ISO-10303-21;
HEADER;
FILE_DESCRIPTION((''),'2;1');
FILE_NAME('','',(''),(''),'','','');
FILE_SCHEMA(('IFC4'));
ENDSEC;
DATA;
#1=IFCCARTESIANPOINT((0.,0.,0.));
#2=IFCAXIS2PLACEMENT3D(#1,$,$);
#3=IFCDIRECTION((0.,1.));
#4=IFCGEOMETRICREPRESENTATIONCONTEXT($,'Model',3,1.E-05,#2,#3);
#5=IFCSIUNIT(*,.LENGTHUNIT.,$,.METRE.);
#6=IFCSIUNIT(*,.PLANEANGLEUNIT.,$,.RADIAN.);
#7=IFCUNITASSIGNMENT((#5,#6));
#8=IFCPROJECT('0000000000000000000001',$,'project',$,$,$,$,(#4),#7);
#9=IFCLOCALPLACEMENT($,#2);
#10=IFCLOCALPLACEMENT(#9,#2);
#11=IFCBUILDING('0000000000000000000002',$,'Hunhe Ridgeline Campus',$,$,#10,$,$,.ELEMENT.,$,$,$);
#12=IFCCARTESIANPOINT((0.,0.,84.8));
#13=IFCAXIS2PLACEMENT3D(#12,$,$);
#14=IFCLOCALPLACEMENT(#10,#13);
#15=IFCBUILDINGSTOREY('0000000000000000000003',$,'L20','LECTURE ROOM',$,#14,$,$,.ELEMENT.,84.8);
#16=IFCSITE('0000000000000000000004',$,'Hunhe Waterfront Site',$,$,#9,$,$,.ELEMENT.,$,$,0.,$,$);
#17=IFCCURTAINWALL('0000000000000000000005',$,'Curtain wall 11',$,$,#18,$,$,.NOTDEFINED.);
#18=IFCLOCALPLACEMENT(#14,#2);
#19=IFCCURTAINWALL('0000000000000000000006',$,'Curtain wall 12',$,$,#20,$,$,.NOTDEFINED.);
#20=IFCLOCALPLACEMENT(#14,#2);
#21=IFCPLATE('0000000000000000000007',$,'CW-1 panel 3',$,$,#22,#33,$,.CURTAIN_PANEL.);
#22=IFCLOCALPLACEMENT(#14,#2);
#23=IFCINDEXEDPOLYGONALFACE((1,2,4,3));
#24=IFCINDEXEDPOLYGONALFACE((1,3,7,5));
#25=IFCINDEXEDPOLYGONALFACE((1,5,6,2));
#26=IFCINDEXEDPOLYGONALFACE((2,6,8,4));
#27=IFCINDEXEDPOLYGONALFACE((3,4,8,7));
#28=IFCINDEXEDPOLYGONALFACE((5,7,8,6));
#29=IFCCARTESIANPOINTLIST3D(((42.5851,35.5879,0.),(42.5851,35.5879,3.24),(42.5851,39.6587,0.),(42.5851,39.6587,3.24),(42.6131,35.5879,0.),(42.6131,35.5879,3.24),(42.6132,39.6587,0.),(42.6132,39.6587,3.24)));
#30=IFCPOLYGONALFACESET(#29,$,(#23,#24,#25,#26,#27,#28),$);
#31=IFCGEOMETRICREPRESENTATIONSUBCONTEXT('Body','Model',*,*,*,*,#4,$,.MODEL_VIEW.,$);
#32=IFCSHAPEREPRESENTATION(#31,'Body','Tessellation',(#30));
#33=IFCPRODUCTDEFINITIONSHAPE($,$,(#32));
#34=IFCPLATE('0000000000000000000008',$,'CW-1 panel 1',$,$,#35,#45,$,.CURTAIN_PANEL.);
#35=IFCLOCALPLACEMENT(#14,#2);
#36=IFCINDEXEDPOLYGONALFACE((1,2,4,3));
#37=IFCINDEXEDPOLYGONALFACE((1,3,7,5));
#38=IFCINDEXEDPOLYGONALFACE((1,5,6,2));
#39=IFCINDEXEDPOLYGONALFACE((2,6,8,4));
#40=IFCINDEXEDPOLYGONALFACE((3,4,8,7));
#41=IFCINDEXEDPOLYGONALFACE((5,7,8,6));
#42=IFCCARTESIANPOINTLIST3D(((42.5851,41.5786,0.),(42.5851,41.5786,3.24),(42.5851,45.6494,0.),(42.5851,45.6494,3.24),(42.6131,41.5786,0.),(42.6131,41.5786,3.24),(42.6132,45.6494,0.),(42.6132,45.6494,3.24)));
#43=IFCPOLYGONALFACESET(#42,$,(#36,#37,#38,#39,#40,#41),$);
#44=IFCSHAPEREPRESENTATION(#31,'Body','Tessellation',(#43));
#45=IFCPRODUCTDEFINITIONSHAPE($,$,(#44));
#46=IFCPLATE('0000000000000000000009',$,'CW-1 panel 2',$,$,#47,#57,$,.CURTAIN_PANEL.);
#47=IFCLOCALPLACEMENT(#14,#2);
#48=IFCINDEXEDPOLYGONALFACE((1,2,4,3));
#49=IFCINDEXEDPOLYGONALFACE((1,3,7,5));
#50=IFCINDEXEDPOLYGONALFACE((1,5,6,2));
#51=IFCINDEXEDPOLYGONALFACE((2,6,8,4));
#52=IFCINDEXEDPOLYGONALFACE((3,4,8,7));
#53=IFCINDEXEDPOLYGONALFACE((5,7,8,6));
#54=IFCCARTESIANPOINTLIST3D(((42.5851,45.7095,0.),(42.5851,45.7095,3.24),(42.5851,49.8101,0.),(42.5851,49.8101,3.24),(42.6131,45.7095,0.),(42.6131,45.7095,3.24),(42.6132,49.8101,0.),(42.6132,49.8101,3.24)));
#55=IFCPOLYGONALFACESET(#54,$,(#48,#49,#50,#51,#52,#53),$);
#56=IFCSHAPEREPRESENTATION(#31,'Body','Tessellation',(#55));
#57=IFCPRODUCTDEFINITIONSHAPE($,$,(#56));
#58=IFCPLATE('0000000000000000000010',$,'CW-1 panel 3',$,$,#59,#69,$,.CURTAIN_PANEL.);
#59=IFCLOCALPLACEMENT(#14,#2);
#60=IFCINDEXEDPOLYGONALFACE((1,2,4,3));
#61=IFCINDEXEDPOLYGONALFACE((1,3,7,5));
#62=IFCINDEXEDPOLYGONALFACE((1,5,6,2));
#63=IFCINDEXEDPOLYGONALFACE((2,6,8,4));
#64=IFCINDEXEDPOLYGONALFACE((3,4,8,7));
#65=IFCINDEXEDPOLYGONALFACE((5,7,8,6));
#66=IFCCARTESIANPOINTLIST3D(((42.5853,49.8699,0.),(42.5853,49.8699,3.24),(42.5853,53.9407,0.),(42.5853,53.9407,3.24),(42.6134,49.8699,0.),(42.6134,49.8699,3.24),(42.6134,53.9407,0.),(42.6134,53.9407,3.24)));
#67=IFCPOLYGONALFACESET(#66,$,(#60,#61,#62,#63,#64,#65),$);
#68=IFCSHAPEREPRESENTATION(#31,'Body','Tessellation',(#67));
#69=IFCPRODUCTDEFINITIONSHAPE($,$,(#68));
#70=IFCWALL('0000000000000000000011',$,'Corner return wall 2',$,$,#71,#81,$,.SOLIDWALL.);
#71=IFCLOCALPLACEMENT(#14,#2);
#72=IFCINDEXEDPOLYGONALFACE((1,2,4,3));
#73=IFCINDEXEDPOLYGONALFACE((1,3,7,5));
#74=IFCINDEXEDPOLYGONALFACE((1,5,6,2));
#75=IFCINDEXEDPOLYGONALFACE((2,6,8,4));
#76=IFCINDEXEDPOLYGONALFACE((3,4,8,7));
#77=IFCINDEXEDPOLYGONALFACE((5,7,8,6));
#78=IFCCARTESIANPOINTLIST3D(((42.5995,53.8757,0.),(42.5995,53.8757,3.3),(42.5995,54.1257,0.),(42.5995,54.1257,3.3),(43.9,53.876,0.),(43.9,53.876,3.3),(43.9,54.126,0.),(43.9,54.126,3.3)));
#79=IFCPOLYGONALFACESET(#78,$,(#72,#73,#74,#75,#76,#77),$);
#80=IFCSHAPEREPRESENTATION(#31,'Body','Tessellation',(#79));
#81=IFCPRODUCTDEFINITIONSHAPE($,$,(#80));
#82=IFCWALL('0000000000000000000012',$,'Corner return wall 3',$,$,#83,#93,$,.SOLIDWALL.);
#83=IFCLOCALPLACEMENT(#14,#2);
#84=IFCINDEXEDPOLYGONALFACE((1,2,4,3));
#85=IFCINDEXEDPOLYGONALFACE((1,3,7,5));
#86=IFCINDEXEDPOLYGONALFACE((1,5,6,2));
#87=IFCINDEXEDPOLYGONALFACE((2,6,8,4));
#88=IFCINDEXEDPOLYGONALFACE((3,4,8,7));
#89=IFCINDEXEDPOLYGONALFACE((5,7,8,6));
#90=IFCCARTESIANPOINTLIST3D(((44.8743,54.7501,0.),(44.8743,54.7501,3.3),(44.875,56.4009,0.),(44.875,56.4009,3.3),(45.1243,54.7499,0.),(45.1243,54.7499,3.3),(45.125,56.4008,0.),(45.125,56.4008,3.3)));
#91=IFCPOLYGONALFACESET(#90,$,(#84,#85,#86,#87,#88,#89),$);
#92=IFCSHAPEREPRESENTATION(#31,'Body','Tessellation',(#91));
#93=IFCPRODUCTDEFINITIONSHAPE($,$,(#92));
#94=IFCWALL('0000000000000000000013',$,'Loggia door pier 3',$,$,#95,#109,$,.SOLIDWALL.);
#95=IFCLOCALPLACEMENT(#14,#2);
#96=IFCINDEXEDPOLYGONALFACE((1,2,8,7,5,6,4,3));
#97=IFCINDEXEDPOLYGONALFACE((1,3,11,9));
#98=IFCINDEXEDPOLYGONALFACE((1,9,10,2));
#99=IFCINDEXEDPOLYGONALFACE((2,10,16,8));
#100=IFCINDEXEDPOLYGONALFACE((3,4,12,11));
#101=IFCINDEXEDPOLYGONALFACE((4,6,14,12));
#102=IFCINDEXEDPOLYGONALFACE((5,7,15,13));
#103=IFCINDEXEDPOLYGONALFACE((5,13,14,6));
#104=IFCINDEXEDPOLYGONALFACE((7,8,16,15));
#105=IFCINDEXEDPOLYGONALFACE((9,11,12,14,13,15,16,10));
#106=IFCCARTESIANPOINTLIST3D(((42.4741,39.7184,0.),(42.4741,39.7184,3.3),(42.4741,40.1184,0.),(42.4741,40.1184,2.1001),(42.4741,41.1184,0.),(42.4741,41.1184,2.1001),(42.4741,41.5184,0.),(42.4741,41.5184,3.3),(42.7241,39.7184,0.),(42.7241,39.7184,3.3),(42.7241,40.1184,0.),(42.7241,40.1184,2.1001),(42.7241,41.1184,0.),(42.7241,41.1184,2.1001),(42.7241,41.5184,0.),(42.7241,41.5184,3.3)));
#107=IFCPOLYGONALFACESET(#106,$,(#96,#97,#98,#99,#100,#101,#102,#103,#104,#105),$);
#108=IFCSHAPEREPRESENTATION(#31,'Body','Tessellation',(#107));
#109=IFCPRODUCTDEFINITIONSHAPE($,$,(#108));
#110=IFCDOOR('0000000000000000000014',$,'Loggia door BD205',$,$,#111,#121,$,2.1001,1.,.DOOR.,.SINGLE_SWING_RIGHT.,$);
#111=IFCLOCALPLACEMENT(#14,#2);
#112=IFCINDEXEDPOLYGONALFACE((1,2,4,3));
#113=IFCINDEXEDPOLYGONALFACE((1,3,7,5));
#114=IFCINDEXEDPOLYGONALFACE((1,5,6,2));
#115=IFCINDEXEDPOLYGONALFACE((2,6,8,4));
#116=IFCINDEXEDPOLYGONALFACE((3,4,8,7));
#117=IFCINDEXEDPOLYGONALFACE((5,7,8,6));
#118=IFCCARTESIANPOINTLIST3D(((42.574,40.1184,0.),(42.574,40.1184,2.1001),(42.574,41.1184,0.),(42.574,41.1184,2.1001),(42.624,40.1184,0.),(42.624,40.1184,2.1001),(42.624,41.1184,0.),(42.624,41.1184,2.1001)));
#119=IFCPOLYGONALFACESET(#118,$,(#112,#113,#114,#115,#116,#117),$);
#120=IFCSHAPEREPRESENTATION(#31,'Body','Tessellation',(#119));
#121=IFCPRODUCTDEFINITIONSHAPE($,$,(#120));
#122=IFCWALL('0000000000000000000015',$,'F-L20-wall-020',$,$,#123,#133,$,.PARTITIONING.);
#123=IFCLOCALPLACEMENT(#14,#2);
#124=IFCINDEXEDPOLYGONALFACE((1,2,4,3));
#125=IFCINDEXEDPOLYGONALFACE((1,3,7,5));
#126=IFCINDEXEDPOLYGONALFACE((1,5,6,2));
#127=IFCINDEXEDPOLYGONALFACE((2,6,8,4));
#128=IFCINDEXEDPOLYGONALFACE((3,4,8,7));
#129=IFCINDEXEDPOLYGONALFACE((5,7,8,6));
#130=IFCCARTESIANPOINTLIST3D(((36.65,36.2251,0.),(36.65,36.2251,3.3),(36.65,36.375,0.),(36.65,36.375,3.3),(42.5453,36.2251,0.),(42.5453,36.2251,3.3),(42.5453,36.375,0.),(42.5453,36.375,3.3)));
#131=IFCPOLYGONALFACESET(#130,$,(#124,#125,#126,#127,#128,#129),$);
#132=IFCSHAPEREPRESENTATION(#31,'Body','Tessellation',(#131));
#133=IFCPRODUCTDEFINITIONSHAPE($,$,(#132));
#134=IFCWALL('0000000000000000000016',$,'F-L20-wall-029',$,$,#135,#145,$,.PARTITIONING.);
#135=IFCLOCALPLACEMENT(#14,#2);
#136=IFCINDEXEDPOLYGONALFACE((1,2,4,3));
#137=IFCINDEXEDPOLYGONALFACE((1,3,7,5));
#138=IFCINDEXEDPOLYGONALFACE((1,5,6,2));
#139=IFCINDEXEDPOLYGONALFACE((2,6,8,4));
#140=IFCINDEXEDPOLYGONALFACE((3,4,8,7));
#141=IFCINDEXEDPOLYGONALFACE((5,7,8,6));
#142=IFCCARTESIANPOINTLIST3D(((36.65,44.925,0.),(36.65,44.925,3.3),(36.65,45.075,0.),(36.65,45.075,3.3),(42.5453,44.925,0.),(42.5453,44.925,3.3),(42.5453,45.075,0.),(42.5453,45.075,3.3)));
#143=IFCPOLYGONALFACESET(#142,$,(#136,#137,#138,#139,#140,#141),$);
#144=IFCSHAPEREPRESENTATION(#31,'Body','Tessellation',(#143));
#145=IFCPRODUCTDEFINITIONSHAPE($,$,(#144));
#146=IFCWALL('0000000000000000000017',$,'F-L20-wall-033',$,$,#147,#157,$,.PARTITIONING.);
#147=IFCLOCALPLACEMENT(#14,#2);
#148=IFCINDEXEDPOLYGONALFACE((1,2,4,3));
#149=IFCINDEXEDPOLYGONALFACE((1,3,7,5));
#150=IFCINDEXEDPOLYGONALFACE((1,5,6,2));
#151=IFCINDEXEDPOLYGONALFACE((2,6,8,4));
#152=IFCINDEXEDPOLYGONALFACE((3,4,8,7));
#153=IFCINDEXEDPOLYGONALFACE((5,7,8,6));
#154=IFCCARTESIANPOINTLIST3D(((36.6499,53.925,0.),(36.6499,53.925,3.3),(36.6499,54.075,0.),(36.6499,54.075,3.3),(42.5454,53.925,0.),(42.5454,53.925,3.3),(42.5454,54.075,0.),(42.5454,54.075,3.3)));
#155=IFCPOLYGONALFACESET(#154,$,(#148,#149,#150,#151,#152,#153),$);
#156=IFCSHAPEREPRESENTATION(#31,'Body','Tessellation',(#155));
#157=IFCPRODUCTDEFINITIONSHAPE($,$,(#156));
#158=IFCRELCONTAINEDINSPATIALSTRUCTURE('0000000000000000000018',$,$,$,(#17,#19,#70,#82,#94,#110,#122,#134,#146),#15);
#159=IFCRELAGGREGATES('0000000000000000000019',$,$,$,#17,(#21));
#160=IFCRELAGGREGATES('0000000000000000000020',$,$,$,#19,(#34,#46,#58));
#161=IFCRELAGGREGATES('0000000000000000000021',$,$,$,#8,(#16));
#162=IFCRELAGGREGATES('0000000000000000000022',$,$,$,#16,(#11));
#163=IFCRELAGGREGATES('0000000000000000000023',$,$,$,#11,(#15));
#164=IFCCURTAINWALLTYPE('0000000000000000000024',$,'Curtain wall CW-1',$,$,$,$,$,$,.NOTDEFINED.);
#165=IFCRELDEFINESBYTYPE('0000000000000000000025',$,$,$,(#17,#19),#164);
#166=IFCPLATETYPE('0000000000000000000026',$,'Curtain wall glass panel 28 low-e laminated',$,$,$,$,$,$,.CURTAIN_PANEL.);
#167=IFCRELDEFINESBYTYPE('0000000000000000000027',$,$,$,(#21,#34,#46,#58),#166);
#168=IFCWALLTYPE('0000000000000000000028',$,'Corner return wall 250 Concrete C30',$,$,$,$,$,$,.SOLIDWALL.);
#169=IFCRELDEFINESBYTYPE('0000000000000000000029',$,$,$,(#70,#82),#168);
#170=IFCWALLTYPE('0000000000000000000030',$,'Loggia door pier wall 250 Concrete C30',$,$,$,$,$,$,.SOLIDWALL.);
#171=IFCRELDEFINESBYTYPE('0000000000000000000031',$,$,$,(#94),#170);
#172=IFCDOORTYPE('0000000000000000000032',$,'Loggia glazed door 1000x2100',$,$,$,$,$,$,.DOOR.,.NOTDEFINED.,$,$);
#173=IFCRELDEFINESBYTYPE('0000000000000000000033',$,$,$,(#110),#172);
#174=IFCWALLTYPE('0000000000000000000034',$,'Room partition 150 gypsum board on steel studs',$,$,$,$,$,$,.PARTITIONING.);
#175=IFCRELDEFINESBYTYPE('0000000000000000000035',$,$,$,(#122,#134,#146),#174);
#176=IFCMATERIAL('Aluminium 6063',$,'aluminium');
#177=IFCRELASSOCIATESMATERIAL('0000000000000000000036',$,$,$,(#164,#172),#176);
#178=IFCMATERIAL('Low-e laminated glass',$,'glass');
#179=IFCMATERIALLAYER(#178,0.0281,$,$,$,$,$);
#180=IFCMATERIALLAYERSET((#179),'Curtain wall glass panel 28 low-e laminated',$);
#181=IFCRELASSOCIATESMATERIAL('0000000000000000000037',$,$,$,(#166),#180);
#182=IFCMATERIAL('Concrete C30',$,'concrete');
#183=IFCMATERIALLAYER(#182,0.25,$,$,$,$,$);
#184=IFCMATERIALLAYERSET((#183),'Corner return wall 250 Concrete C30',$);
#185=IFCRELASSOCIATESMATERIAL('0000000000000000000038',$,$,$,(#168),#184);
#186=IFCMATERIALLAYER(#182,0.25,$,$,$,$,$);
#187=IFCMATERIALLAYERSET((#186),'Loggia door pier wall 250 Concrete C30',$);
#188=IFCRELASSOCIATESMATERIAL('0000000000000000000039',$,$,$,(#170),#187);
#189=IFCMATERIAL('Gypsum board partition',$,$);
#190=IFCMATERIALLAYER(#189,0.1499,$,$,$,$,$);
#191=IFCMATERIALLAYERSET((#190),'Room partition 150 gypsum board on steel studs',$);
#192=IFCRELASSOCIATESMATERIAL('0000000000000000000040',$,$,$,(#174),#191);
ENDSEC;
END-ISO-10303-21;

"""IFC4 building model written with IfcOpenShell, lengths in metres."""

from ifc_helpers import new_model, si_unit, direction, frame, frame_2d, origin, origin_2d, place, context, subcontext, project, spatial, rectangle, extrude, material, layer, layer_set, type_object, element, fill, aggregate, save


model = new_model("IFC4")

# Units and contexts
model_context = context("Model", 3, precision=1e-05, world=origin(), true_north=direction((0.0, 1.0)))
body_context = subcontext(model_context, "Body", "Model", "MODEL_VIEW")
ifc_project = project(units=[si_unit("LENGTHUNIT", "METRE"), si_unit("PLANEANGLEUNIT", "RADIAN")], contexts=[model_context])

# Site, building, storey
site_placement = place(None, origin())
site = spatial("IfcSite", under=ifc_project, at=site_placement, Name="Hunhe Waterfront Site", CompositionType="ELEMENT", RefElevation=0.0)
building_placement = place(site_placement, origin())
building = spatial("IfcBuilding", under=site, at=building_placement, Name="Hunhe Ridgeline Campus", CompositionType="ELEMENT")
storey_placement = place(building_placement, frame((0.0, 0.0, 84.8)))
storey = spatial("IfcBuildingStorey", under=building, at=storey_placement, Name="L20", Description="LECTURE ROOM", CompositionType="ELEMENT", Elevation=84.8)

# Curtain wall
ifc_material_1 = material(Name="Aluminium 6063", Category="aluminium")
curtain_wall_type = type_object("IfcCurtainWallType", Name="Curtain wall CW-1", PredefinedType="NOTDEFINED", material=ifc_material_1)
curtain_wall_1_placement = place(storey_placement, origin())
curtain_wall_1 = element("IfcCurtainWall", 1, at=curtain_wall_1_placement, inside=storey, type_object=curtain_wall_type, Name="Curtain wall 11", PredefinedType="NOTDEFINED")

# Curtain wall
curtain_wall_2_placement = place(storey_placement, origin())
curtain_wall_2 = element("IfcCurtainWall", 2, at=curtain_wall_2_placement, inside=storey, type_object=curtain_wall_type, Name="Curtain wall 12", PredefinedType="NOTDEFINED")

# Plates
ifc_material_2 = material(Name="Low-e laminated glass", Category="glass")
ifc_layer_1 = layer(ifc_material_2, 0.0281)
ifc_layer_set_1 = layer_set([ifc_layer_1], Name="Curtain wall glass panel 28 low-e laminated")
plate_type = type_object("IfcPlateType", Name="Curtain wall glass panel 28 low-e laminated", PredefinedType="CURTAIN_PANEL", material=ifc_layer_set_1)
plate_1_placement = place(storey_placement, frame((42.5991, 37.6233, 0.0), z_axis=(0.0, 0.0, 1.0), x_axis=(0.000011, 1.0, 0.0)))
plate_1 = element("IfcPlate", 3, at=plate_1_placement, type_object=plate_type, Name="CW-1 panel 3", PredefinedType="CURTAIN_PANEL", context=body_context, shape_type="SweptSolid", body=[
    extrude(rectangle(XDim=4.0708, YDim=0.0281, at=origin_2d()), origin(), (0.0, 0.0, 1.0), 3.24),
])
aggregate(curtain_wall_1, [plate_1])
plate_2_placement = place(storey_placement, frame((42.5991, 43.614, 0.0), z_axis=(0.0, 0.0, 1.0), x_axis=(0.000011, 1.0, 0.0)))
plate_2 = element("IfcPlate", 4, at=plate_2_placement, type_object=plate_type, Name="CW-1 panel 1", PredefinedType="CURTAIN_PANEL", context=body_context, shape_type="SweptSolid", body=[
    extrude(rectangle(XDim=4.0708, YDim=0.0281, at=origin_2d()), origin(), (0.0, 0.0, 1.0), 3.24),
])
plate_3_placement = place(storey_placement, frame((42.5991, 47.7598, 0.0), z_axis=(0.0, 0.0, 1.0), x_axis=(0.000011, 1.0, 0.0)))
plate_3 = element("IfcPlate", 5, at=plate_3_placement, type_object=plate_type, Name="CW-1 panel 2", PredefinedType="CURTAIN_PANEL", context=body_context, shape_type="SweptSolid", body=[
    extrude(rectangle(XDim=4.1006, YDim=0.0281, at=origin_2d()), origin(), (0.0, 0.0, 1.0), 3.24),
])
plate_4_placement = place(storey_placement, frame((42.5994, 51.9053, 0.0), z_axis=(0.0, 0.0, 1.0), x_axis=(0.000011, 1.0, 0.0)))
plate_4 = element("IfcPlate", 6, at=plate_4_placement, type_object=plate_type, Name="CW-1 panel 3", PredefinedType="CURTAIN_PANEL", context=body_context, shape_type="SweptSolid", body=[
    extrude(rectangle(XDim=4.0708, YDim=0.0281, at=origin_2d()), origin(), (0.0, 0.0, 1.0), 3.24),
])
aggregate(curtain_wall_2, [plate_2, plate_3, plate_4])

# Walls
ifc_material_3 = material(Name="Concrete C30", Category="concrete")
ifc_layer_2 = layer(ifc_material_3, 0.25)
ifc_layer_set_2 = layer_set([ifc_layer_2], Name="Corner return wall 250 Concrete C30")
wall_type_1 = type_object("IfcWallType", Name="Corner return wall 250 Concrete C30", PredefinedType="SOLIDWALL", material=ifc_layer_set_2)
wall_1_placement = place(storey_placement, frame((42.5994, 54.0007, 0.0), z_axis=(0.0, 0.0, 1.0), x_axis=(1.0, 0.000188, 0.0)))
element("IfcWall", 7, at=wall_1_placement, inside=storey, type_object=wall_type_1, Name="Corner return wall 2", PredefinedType="SOLIDWALL", context=body_context, shape_type="SweptSolid", body=[
    extrude(rectangle(XDim=1.3005, YDim=0.25, at=frame_2d((0.6504, 0.0))), origin(), (0.0, 0.0, 1.0), 3.3),
])
wall_2_placement = place(storey_placement, frame((44.9993, 54.75, 0.0), z_axis=(0.0, 0.0, 1.0), x_axis=(0.000444, 1.0, 0.0)))
element("IfcWall", 8, at=wall_2_placement, inside=storey, type_object=wall_type_1, Name="Corner return wall 3", PredefinedType="SOLIDWALL", context=body_context, shape_type="SweptSolid", body=[
    extrude(rectangle(XDim=1.6509, YDim=0.25, at=frame_2d((0.8254, 0.0))), origin(), (0.0, 0.0, 1.0), 3.3),
])

# Wall, opening, door
ifc_layer_3 = layer(ifc_material_3, 0.25)
ifc_layer_set_3 = layer_set([ifc_layer_3], Name="Loggia door pier wall 250 Concrete C30")
wall_type_2 = type_object("IfcWallType", Name="Loggia door pier wall 250 Concrete C30", PredefinedType="SOLIDWALL", material=ifc_layer_set_3)
wall_3_placement = place(storey_placement, frame((42.5991, 39.7185, 0.0), z_axis=(0.0, 0.0, 1.0), x_axis=(0.0, 1.0, 0.0)))
wall_3 = element("IfcWall", 9, at=wall_3_placement, inside=storey, type_object=wall_type_2, Name="Loggia door pier 3", PredefinedType="SOLIDWALL", context=body_context, shape_type="SweptSolid", body=[
    extrude(rectangle(XDim=1.8, YDim=0.25, at=frame_2d((0.8999, 0.0))), origin(), (0.0, 0.0, 1.0), 3.3),
])
opening_placement = place(wall_3_placement, frame((0.3999, 0.0, 0.0)))
opening = element("IfcOpeningElement", 10, at=opening_placement, cuts=wall_3, PredefinedType="OPENING", context=body_context, shape_type="SweptSolid", body=[
    extrude(rectangle(XDim=1.0, YDim=2.1001, at=frame_2d((0.5, 1.05))), frame((0.0, 0.125, 0.0), z_axis=(0.0, -1.0, 0.0), x_axis=(1.0, 0.0, 0.0)), (0.0, 0.0, 1.0), 0.25),
])
door_type = type_object("IfcDoorType", Name="Loggia glazed door 1000x2100", OperationType="NOTDEFINED", PredefinedType="DOOR", material=ifc_material_1)
door_placement = place(opening_placement, frame((1.0, 0.0, 0.0), z_axis=(0.0, 0.0, 1.0), x_axis=(-1.0, 0.0, 0.0)))
door = element("IfcDoor", 11, at=door_placement, inside=storey, type_object=door_type, Name="Loggia door BD205", OperationType="SINGLE_SWING_RIGHT", OverallHeight=2.1001, OverallWidth=1.0, PredefinedType="DOOR", context=body_context, shape_type="SweptSolid", body=[
    extrude(rectangle(XDim=1.0, YDim=2.1001, at=frame_2d((0.5, 1.05))), frame((0.0, 0.0249, 0.0), z_axis=(0.0, -1.0, 0.0), x_axis=(1.0, 0.0, 0.0)), (0.0, 0.0, 1.0), 0.05),
])
fill(opening, door)

# Walls
ifc_material_4 = material(Name="Gypsum board partition")
ifc_layer_4 = layer(ifc_material_4, 0.1499)
ifc_layer_set_4 = layer_set([ifc_layer_4], Name="Room partition 150 gypsum board on steel studs")
wall_type_3 = type_object("IfcWallType", Name="Room partition 150 gypsum board on steel studs", PredefinedType="PARTITIONING", material=ifc_layer_set_4)
for number, where, z_axis, x_axis, name in (
    (12, (36.6499, 36.3, 0.0), (0.0, 0.0, 1.0), (1.0, 0.0, 0.0), "F-L20-wall-020"),
    (13, (36.6499, 45.0, 0.0), (0.0, 0.0, 1.0), (1.0, 0.0, 0.0), "F-L20-wall-029"),
):
    element("IfcWall", number, at=place(storey_placement, frame(where, z_axis=z_axis, x_axis=x_axis)), inside=storey, type_object=wall_type_3, Name=name, PredefinedType="PARTITIONING", context=body_context, shape_type="SweptSolid", body=[
        extrude(rectangle(XDim=5.8953, YDim=0.1499, at=frame_2d((2.9478, 0.0))), origin(), (0.0, 0.0, 1.0), 3.3),
    ])
wall_4_placement = place(storey_placement, frame((36.6499, 54.0, 0.0), z_axis=(0.0, 0.0, 1.0), x_axis=(1.0, 0.0, 0.0)))
element("IfcWall", 14, at=wall_4_placement, inside=storey, type_object=wall_type_3, Name="F-L20-wall-033", PredefinedType="PARTITIONING", context=body_context, shape_type="SweptSolid", body=[
    extrude(rectangle(XDim=5.8955, YDim=0.1499, at=frame_2d((2.9478, 0.0))), origin(), (0.0, 0.0, 1.0), 3.3),
])

save(model, "model.ifc")
